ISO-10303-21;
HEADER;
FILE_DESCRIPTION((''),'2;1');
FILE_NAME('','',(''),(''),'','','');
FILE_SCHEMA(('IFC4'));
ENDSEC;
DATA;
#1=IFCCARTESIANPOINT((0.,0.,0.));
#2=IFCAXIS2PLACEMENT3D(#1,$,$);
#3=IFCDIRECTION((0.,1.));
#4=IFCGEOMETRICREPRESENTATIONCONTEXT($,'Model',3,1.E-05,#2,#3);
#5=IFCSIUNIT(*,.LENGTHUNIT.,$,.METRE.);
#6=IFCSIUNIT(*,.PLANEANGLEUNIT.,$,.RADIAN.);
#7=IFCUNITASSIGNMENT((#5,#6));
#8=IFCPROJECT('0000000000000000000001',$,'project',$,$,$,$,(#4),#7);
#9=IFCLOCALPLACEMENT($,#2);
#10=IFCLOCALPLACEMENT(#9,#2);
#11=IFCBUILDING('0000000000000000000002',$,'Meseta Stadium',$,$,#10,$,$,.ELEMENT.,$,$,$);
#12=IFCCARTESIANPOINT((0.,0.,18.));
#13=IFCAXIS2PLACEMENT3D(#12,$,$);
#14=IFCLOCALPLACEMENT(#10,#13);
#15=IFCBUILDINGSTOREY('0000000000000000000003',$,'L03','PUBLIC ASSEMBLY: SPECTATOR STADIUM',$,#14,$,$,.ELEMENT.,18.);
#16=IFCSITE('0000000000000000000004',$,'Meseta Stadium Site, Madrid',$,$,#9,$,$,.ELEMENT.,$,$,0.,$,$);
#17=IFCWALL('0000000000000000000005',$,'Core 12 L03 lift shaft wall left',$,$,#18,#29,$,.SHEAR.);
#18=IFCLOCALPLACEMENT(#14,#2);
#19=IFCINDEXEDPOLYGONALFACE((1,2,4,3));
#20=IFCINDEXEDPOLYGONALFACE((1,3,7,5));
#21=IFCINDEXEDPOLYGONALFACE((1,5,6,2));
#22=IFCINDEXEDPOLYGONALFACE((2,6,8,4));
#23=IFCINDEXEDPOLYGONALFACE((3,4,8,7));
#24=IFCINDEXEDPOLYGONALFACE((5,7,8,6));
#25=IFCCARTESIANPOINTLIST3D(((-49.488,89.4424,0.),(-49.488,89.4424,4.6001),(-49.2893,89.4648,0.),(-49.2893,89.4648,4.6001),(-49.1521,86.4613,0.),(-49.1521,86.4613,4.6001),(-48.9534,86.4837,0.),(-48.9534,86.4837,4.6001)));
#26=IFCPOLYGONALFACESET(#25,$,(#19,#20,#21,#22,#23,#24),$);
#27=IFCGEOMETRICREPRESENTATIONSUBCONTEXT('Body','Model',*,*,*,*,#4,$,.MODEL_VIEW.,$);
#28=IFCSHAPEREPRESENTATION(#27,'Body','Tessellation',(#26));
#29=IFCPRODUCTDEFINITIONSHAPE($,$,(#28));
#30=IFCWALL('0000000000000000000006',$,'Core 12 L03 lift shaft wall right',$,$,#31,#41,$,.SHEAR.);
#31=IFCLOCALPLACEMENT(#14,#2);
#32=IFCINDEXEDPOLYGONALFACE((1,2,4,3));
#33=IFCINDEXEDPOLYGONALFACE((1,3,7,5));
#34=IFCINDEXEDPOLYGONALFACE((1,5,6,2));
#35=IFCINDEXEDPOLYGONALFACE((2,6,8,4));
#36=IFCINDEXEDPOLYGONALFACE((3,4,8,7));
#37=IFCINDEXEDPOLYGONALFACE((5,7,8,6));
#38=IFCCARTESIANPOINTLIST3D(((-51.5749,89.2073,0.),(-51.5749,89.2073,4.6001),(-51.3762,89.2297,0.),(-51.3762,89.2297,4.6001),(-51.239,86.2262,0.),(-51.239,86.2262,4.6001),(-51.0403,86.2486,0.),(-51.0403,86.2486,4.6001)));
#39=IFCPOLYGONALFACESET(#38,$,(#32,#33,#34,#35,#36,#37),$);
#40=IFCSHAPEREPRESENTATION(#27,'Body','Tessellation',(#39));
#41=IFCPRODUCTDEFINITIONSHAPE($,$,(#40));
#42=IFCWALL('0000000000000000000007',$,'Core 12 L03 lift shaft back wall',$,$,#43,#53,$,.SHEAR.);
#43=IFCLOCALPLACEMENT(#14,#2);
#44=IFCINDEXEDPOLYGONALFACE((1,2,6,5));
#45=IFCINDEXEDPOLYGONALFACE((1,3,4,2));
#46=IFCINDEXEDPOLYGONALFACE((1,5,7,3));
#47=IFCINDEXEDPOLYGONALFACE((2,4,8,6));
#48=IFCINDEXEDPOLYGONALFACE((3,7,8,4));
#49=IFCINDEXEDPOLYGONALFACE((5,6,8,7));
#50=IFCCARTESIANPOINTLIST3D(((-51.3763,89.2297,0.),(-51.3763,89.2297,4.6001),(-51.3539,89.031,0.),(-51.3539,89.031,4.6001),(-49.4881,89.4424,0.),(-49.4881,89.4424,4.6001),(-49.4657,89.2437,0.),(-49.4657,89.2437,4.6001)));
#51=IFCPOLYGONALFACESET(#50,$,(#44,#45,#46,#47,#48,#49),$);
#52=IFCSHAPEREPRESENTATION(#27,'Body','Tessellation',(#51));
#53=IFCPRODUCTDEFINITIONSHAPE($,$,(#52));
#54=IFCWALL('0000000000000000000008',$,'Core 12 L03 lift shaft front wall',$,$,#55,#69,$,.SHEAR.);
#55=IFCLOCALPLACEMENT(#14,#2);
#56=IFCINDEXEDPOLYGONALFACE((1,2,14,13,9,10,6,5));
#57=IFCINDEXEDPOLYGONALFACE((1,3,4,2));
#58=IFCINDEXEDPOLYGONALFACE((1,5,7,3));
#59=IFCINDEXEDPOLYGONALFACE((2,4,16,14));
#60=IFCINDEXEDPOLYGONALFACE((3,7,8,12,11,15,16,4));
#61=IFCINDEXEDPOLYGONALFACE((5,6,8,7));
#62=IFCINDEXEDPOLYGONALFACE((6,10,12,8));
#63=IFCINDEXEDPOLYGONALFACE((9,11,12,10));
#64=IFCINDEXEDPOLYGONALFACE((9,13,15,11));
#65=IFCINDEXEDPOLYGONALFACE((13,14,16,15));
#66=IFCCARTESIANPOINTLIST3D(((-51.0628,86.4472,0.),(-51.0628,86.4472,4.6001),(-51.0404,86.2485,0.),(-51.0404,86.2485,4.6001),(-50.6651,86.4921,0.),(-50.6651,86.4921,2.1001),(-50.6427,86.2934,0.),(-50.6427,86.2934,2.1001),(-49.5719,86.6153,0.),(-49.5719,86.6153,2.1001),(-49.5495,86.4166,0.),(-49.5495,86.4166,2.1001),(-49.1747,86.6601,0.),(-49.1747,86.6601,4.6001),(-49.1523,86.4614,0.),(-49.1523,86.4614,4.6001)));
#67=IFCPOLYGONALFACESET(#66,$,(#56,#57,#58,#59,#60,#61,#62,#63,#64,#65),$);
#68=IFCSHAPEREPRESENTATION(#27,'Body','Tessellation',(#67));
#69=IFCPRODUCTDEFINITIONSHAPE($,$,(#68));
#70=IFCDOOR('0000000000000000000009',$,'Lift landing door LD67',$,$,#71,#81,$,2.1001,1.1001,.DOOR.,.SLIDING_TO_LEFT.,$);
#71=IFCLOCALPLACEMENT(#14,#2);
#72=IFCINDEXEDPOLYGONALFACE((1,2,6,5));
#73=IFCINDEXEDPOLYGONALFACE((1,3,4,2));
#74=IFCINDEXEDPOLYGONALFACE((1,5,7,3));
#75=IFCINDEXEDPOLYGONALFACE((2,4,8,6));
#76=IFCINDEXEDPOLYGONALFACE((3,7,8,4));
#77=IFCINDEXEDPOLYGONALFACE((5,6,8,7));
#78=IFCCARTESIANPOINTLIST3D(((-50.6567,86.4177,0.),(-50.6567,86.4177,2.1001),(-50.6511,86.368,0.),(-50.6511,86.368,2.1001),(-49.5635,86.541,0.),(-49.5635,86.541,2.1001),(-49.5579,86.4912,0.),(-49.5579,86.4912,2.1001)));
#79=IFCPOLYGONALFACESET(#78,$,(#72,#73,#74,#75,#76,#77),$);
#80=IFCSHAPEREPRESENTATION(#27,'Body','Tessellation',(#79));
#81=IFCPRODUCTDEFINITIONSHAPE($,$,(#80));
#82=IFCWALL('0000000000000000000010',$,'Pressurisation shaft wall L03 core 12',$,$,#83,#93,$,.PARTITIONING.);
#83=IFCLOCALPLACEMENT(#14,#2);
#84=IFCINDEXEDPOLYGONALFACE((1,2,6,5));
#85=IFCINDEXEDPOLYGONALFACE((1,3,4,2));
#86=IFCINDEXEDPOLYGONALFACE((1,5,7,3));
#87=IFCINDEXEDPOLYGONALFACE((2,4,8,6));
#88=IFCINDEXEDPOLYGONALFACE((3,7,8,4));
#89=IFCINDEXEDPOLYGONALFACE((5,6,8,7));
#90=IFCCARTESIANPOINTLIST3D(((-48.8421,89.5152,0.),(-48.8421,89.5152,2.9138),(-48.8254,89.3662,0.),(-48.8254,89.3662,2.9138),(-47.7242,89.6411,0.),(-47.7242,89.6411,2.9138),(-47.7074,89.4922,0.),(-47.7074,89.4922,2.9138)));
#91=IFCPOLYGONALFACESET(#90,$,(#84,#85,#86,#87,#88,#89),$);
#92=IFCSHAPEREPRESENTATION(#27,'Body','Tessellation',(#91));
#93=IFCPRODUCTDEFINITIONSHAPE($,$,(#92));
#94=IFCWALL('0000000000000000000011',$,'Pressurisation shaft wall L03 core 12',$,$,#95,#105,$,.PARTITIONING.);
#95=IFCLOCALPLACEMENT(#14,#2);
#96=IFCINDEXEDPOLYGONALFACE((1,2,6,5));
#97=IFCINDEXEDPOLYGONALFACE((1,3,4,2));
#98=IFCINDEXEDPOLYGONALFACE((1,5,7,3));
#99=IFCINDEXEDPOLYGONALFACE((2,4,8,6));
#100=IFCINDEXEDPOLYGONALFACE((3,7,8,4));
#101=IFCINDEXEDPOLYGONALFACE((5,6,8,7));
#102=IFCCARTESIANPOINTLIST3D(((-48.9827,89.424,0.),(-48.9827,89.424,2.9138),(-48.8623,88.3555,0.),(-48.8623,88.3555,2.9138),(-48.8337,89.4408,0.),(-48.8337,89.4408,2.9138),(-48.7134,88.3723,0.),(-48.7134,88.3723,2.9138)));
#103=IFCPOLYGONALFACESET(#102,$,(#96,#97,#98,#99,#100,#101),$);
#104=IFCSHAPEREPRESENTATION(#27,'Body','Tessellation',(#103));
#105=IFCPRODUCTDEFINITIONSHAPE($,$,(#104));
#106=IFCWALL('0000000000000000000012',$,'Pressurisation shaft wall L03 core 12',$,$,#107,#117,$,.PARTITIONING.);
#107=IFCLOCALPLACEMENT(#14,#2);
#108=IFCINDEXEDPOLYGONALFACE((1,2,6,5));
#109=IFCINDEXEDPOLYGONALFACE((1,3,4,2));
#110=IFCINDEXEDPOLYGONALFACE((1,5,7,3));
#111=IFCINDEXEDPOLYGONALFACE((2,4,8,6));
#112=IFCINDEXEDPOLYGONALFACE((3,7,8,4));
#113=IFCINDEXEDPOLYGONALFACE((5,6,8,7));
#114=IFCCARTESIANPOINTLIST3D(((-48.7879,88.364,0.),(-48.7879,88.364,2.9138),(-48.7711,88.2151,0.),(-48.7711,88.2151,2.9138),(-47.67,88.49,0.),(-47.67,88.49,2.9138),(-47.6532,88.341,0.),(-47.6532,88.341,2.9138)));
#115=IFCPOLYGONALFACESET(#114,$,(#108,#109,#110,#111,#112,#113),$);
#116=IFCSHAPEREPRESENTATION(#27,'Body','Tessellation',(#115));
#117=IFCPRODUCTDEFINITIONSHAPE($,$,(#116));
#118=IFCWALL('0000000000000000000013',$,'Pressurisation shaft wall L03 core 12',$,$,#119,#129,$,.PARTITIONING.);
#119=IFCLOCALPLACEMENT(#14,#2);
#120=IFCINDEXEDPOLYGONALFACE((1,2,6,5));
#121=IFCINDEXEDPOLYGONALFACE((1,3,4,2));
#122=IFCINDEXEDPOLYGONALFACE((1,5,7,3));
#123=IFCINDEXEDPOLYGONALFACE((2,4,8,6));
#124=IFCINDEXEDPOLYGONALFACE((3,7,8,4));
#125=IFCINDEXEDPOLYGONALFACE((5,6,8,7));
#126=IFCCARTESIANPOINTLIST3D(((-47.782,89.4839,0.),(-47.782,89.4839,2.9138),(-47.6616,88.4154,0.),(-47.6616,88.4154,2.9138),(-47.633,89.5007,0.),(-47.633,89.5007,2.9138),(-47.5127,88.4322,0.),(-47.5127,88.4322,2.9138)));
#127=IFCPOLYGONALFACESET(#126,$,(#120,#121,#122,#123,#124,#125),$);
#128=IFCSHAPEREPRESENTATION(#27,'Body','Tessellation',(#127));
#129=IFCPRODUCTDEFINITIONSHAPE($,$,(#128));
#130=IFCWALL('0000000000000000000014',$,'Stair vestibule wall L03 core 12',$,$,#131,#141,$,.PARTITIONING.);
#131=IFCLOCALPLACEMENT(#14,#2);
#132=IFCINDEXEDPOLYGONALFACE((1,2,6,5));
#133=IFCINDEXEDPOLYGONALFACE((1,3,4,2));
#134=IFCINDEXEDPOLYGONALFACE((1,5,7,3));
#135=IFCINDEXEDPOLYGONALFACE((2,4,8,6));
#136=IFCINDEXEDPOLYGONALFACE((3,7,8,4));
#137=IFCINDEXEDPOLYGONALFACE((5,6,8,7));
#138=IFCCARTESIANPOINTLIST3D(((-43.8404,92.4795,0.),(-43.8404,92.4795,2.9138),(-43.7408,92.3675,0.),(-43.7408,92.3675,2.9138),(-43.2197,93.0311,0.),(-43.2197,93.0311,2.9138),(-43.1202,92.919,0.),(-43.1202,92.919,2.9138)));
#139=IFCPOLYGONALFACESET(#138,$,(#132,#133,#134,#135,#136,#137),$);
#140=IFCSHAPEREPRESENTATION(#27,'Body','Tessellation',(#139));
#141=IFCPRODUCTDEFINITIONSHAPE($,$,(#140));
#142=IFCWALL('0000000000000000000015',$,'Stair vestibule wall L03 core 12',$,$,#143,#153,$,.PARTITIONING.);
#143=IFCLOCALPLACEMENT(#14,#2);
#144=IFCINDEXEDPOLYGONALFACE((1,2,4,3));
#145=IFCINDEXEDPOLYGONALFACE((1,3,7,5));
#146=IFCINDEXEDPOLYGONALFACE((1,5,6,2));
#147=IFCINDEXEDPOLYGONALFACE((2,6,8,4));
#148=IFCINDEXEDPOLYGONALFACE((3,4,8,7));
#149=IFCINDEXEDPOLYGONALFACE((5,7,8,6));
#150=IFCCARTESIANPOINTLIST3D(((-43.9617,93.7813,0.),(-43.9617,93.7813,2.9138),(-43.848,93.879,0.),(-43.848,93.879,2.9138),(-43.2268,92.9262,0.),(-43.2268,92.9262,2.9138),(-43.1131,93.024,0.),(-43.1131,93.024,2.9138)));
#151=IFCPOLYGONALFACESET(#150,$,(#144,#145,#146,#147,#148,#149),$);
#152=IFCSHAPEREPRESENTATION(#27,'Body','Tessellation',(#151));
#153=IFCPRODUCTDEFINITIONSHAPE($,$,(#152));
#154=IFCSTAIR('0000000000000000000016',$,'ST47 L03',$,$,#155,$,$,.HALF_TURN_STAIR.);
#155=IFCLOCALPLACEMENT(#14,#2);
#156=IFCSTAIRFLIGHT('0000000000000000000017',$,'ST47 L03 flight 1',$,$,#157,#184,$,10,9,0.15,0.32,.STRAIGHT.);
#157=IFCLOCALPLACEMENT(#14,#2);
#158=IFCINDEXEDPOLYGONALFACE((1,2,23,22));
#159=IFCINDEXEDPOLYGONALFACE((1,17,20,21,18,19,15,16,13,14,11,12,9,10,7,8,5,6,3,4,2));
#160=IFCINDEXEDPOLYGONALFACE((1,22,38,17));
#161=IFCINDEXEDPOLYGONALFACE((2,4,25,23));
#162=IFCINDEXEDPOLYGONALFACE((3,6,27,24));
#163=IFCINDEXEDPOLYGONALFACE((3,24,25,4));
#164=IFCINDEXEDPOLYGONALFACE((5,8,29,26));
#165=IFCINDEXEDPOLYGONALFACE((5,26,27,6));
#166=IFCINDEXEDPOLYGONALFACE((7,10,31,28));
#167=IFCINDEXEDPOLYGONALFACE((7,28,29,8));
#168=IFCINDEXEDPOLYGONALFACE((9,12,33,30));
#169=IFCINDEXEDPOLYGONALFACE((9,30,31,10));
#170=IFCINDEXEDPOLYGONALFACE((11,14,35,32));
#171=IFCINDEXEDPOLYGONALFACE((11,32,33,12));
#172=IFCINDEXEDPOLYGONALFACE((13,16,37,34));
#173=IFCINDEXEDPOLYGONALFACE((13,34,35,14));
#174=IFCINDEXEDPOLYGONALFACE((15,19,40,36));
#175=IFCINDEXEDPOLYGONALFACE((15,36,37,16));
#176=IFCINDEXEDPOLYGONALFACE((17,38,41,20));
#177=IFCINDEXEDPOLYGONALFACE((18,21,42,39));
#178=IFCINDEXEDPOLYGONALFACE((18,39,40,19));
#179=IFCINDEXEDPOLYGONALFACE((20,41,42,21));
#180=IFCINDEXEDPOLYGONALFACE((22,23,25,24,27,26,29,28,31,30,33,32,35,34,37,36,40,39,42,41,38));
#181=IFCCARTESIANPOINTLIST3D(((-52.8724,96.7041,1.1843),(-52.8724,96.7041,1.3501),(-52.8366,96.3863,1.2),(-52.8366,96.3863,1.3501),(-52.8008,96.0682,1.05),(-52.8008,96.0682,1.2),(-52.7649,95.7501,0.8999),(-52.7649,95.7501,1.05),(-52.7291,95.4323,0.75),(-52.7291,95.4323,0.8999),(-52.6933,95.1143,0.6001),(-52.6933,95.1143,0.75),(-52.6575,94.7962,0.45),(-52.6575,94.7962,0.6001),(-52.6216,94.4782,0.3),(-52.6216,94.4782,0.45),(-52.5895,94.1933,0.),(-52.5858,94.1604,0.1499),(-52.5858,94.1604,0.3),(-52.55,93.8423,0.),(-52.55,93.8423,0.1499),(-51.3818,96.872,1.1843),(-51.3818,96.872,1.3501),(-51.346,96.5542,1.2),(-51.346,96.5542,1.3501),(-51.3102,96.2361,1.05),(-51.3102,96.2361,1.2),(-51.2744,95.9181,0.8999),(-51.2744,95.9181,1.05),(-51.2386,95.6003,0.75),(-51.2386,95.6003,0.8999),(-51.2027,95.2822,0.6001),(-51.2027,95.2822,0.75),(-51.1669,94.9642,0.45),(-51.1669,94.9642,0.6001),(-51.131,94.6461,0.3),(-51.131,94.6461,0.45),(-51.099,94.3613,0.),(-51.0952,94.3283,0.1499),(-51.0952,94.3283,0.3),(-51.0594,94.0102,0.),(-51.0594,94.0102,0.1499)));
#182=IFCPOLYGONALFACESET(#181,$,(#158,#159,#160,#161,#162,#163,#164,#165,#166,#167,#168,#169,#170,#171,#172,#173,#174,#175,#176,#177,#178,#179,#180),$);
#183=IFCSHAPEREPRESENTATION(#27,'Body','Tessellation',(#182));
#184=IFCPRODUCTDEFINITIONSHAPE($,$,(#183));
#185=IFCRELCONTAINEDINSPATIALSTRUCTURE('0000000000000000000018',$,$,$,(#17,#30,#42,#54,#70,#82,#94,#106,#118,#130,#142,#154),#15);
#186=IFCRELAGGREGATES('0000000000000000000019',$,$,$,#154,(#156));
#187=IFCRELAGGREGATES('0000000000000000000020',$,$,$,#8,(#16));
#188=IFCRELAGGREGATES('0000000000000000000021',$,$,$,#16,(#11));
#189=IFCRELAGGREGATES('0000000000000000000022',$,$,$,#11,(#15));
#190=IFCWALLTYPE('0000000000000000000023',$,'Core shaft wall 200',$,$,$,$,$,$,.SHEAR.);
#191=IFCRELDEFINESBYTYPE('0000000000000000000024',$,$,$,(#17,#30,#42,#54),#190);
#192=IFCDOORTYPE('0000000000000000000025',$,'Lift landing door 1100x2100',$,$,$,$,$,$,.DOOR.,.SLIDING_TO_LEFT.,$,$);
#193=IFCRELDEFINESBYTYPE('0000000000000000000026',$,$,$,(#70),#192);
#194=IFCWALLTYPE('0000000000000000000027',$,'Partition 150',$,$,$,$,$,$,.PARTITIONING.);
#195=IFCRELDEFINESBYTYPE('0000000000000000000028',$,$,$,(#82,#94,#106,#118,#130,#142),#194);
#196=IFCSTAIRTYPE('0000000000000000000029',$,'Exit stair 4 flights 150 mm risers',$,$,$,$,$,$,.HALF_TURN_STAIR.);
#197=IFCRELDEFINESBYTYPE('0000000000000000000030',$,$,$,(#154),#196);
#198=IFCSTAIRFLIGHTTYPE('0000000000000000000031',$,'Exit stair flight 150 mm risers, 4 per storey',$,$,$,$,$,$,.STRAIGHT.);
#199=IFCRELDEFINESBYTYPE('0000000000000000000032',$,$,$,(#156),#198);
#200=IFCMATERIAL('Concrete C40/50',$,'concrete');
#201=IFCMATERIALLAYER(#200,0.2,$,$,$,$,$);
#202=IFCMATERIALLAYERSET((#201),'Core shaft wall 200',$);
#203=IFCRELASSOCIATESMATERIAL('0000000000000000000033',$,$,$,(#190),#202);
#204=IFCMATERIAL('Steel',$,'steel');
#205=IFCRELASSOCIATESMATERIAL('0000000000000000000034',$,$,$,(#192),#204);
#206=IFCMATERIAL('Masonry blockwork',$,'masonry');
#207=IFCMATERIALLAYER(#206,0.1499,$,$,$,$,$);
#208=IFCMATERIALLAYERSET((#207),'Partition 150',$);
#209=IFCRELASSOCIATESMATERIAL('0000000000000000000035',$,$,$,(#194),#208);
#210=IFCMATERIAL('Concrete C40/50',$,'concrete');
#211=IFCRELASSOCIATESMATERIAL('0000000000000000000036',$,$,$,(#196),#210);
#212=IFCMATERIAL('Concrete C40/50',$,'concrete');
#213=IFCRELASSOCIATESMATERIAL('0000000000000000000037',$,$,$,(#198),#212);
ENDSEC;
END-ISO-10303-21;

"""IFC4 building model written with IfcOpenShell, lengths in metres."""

from ifc_helpers import new_model, si_unit, direction, frame, frame_2d, origin, place, context, subcontext, project, spatial, polyline, rectangle, outline, extrude, material, layer, layer_set, type_object, element, fill, aggregate, save


model = new_model("IFC4")

# Units and contexts
model_context = context("Model", 3, precision=1e-05, world=origin(), true_north=direction((0.0, 1.0)))
body_context = subcontext(model_context, "Body", "Model", "MODEL_VIEW")
ifc_project = project(units=[si_unit("LENGTHUNIT", "METRE"), si_unit("PLANEANGLEUNIT", "RADIAN")], contexts=[model_context])

# Site, building, storey
site_placement = place(None, origin())
site = spatial("IfcSite", under=ifc_project, at=site_placement, Name="Meseta Stadium Site, Madrid", CompositionType="ELEMENT", RefElevation=0.0)
building_placement = place(site_placement, origin())
building = spatial("IfcBuilding", under=site, at=building_placement, Name="Meseta Stadium", CompositionType="ELEMENT")
storey_placement = place(building_placement, frame((0.0, 0.0, 18.0)))
storey = spatial("IfcBuildingStorey", under=building, at=storey_placement, Name="L03", Description="PUBLIC ASSEMBLY: SPECTATOR STADIUM", CompositionType="ELEMENT", Elevation=18.0)

# Shared definitions
ifc_material_1 = material(Name="Concrete C40/50", Category="concrete")
ifc_layer_1 = layer(ifc_material_1, 0.2)
ifc_layer_set_1 = layer_set([ifc_layer_1], Name="Core shaft wall 200")
wall_type_1 = type_object("IfcWallType", Name="Core shaft wall 200", PredefinedType="SHEAR", material=ifc_layer_set_1)

# Walls
for number, where, z_axis, x_axis, name in (
    (1, (-49.3887, 89.4536, 0.0), (0.0, 0.0, 1.0), (0.111977, -0.993711, 0.0), "Core 12 L03 lift shaft wall left"),
    (2, (-51.4756, 89.2185, 0.0), (0.0, 0.0, 1.0), (0.111977, -0.993711, 0.0), "Core 12 L03 lift shaft wall right"),
):
    element("IfcWall", number, at=place(storey_placement, frame(where, z_axis=z_axis, x_axis=x_axis)), inside=storey, type_object=wall_type_1, Name=name, PredefinedType="SHEAR", context=body_context, shape_type="SweptSolid", body=[
        extrude(rectangle(XDim=3.0, YDim=0.2, at=frame_2d((1.5, 0.0))), origin(), (0.0, 0.0, 1.0), 4.6001),
    ])
wall_1_placement = place(storey_placement, frame((-49.4768, 89.343, 0.0), z_axis=(0.0, 0.0, 1.0), x_axis=(-0.993718, -0.111912, 0.0)))
element("IfcWall", 3, at=wall_1_placement, inside=storey, type_object=wall_type_1, Name="Core 12 L03 lift shaft back wall", PredefinedType="SHEAR", context=body_context, shape_type="SweptSolid", body=[
    extrude(rectangle(XDim=1.9001, YDim=0.2, at=frame_2d((0.9502, 0.0))), origin(), (0.0, 0.0, 1.0), 4.6001),
])

# Wall, opening, door
wall_2_placement = place(storey_placement, frame((-49.1633, 86.5608, 0.0), z_axis=(0.0, 0.0, 1.0), x_axis=(-0.993704, -0.112039, 0.0)))
wall_2 = element("IfcWall", 4, at=wall_2_placement, inside=storey, type_object=wall_type_1, Name="Core 12 L03 lift shaft front wall", PredefinedType="SHEAR", context=body_context, shape_type="SweptSolid", body=[
    extrude(rectangle(XDim=1.9001, YDim=0.2, at=frame_2d((0.9502, 0.0))), origin(), (0.0, 0.0, 1.0), 4.6001),
])
opening_1_placement = place(wall_2_placement, frame((0.3999, 0.0, 0.0)))
opening_1 = element("IfcOpeningElement", 5, at=opening_1_placement, cuts=wall_2, PredefinedType="OPENING", context=body_context, shape_type="SweptSolid", body=[
    extrude(rectangle(XDim=1.1001, YDim=2.1001, at=frame_2d((0.55, 1.05))), frame((0.0, 0.1099, 0.0), z_axis=(0.0, -1.0, 0.0), x_axis=(1.0, 0.0, 0.0)), (0.0, 0.0, 1.0), 0.22),
])
ifc_material_2 = material(Name="Steel", Category="steel")
door_type_1 = type_object("IfcDoorType", Name="Lift landing door 1100x2100", OperationType="SLIDING_TO_LEFT", PredefinedType="DOOR", material=ifc_material_2)
door_1_placement = place(opening_1_placement, origin())
door_1 = element("IfcDoor", 6, at=door_1_placement, inside=storey, type_object=door_type_1, Name="Lift landing door LD67", OperationType="SLIDING_TO_LEFT", OverallHeight=2.1001, OverallWidth=1.1001, PredefinedType="DOOR", context=body_context, shape_type="SweptSolid", body=[
    extrude(rectangle(XDim=1.1001, YDim=2.1001, at=frame_2d((0.55, 1.05))), frame((0.0, 0.0249, 0.0), z_axis=(0.0, -1.0, 0.0), x_axis=(1.0, 0.0, 0.0)), (0.0, 0.0, 1.0), 0.05),
])
fill(opening_1, door_1)

# Walls
ifc_material_3 = material(Name="Masonry blockwork", Category="masonry")
ifc_layer_2 = layer(ifc_material_3, 0.1499)
ifc_layer_set_2 = layer_set([ifc_layer_2], Name="Partition 150")
wall_type_2 = type_object("IfcWallType", Name="Partition 150", PredefinedType="PARTITIONING", material=ifc_layer_set_2)
wall_3_placement = place(storey_placement, frame((-47.7158, 89.5667, 0.0), z_axis=(0.0, 0.0, 1.0), x_axis=(-0.993711, -0.11198, 0.0)))
element("IfcWall", 7, at=wall_3_placement, inside=storey, type_object=wall_type_2, Name="Pressurisation shaft wall L03 core 12", PredefinedType="PARTITIONING", context=body_context, shape_type="SweptSolid", body=[
    extrude(rectangle(XDim=1.125, YDim=0.1499, at=frame_2d((0.5625, 0.0))), origin(), (0.0, 0.0, 1.0), 2.9138),
])
wall_4_placement = place(storey_placement, frame((-48.9082, 89.4324, 0.0), z_axis=(0.0, 0.0, 1.0), x_axis=(0.111952, -0.993714, 0.0)))
element("IfcWall", 8, at=wall_4_placement, inside=storey, type_object=wall_type_2, Name="Pressurisation shaft wall L03 core 12", PredefinedType="PARTITIONING", context=body_context, shape_type="SweptSolid", body=[
    extrude(rectangle(XDim=1.0752, YDim=0.1499, at=frame_2d((0.5376, 0.0))), origin(), (0.0, 0.0, 1.0), 2.9138),
])
wall_5_placement = place(storey_placement, frame((-48.7795, 88.2896, 0.0), z_axis=(0.0, 0.0, 1.0), x_axis=(0.993711, 0.11198, 0.0)))
element("IfcWall", 9, at=wall_5_placement, inside=storey, type_object=wall_type_2, Name="Pressurisation shaft wall L03 core 12", PredefinedType="PARTITIONING", context=body_context, shape_type="SweptSolid", body=[
    extrude(rectangle(XDim=1.125, YDim=0.1499, at=frame_2d((0.5625, 0.0))), origin(), (0.0, 0.0, 1.0), 2.9138),
])
wall_6_placement = place(storey_placement, frame((-47.5872, 88.4238, 0.0), z_axis=(0.0, 0.0, 1.0), x_axis=(-0.111952, 0.993714, 0.0)))
element("IfcWall", 10, at=wall_6_placement, inside=storey, type_object=wall_type_2, Name="Pressurisation shaft wall L03 core 12", PredefinedType="PARTITIONING", context=body_context, shape_type="SweptSolid", body=[
    extrude(rectangle(XDim=1.0752, YDim=0.1499, at=frame_2d((0.5376, 0.0))), origin(), (0.0, 0.0, 1.0), 2.9138),
])
wall_7_placement = place(storey_placement, frame((-43.7905, 92.4236, 0.0), z_axis=(0.0, 0.0, 1.0), x_axis=(0.74749, 0.664273, 0.0)))
element("IfcWall", 11, at=wall_7_placement, inside=storey, type_object=wall_type_2, Name="Stair vestibule wall L03 core 12", PredefinedType="PARTITIONING", context=body_context, shape_type="SweptSolid", body=[
    extrude(rectangle(XDim=0.8303, YDim=0.1499, at=frame_2d((0.415, 0.0))), origin(), (0.0, 0.0, 1.0), 2.9138),
])
wall_8_placement = place(storey_placement, frame((-43.1699, 92.9751, 0.0), z_axis=(0.0, 0.0, 1.0), x_axis=(-0.651825, 0.758369, 0.0)))
element("IfcWall", 12, at=wall_8_placement, inside=storey, type_object=wall_type_2, Name="Stair vestibule wall L03 core 12", PredefinedType="PARTITIONING", context=body_context, shape_type="SweptSolid", body=[
    extrude(rectangle(XDim=1.1274, YDim=0.1499, at=frame_2d((0.5637, 0.0))), origin(), (0.0, 0.0, 1.0), 2.9138),
])

# Stair, stair flight
ifc_material_4 = material(Name="Concrete C40/50", Category="concrete")
stair_type_1 = type_object("IfcStairType", Name="Exit stair 4 flights 150 mm risers", PredefinedType="HALF_TURN_STAIR", material=ifc_material_4)
stair_1_placement = place(storey_placement, origin())
stair_1 = element("IfcStair", 13, at=stair_1_placement, inside=storey, type_object=stair_type_1, Name="ST47 L03", PredefinedType="HALF_TURN_STAIR")
ifc_material_5 = material(Name="Concrete C40/50", Category="concrete")
stair_flight_type_1 = type_object("IfcStairFlightType", Name="Exit stair flight 150 mm risers, 4 per storey", PredefinedType="STRAIGHT", material=ifc_material_5)
stair_flight_1_placement = place(storey_placement, frame((-51.8047, 93.9263, 0.0), z_axis=(0.0, 0.0, 1.0), x_axis=(-0.111964, 0.993712, 0.0)))
stair_flight_1 = element("IfcStairFlight", 14, at=stair_flight_1_placement, type_object=stair_flight_type_1, Name="ST47 L03 flight 1", NumberOfRisers=10, NumberOfTreads=9, PredefinedType="STRAIGHT", RiserHeight=0.15, TreadLength=0.32, context=body_context, shape_type="SweptSolid", body=[
    extrude(outline(polyline([(0.0, 0.0), (0.0, 0.1499), (0.3201, 0.1499), (0.3201, 0.3), (0.6399, 0.3), (0.6399, 0.45), (0.96, 0.45), (0.96, 0.6001), (1.28, 0.6001), (1.28, 0.75), (1.6001, 0.75), (1.6001, 0.8999), (1.9199, 0.8999), (1.9199, 1.05), (2.24, 1.05), (2.24, 1.2), (2.5601, 1.2), (2.5601, 1.3501), (2.8799, 1.3501), (2.8799, 1.1843), (0.3533, 0.0), (0.0, 0.0)])), frame((0.0, 0.75, 0.0), z_axis=(0.0, -1.0, 0.0), x_axis=(1.0, 0.0, 0.0)), (0.0, 0.0, 1.0), 1.5),
])
aggregate(stair_1, [stair_flight_1])

save(model, "model.ifc")
